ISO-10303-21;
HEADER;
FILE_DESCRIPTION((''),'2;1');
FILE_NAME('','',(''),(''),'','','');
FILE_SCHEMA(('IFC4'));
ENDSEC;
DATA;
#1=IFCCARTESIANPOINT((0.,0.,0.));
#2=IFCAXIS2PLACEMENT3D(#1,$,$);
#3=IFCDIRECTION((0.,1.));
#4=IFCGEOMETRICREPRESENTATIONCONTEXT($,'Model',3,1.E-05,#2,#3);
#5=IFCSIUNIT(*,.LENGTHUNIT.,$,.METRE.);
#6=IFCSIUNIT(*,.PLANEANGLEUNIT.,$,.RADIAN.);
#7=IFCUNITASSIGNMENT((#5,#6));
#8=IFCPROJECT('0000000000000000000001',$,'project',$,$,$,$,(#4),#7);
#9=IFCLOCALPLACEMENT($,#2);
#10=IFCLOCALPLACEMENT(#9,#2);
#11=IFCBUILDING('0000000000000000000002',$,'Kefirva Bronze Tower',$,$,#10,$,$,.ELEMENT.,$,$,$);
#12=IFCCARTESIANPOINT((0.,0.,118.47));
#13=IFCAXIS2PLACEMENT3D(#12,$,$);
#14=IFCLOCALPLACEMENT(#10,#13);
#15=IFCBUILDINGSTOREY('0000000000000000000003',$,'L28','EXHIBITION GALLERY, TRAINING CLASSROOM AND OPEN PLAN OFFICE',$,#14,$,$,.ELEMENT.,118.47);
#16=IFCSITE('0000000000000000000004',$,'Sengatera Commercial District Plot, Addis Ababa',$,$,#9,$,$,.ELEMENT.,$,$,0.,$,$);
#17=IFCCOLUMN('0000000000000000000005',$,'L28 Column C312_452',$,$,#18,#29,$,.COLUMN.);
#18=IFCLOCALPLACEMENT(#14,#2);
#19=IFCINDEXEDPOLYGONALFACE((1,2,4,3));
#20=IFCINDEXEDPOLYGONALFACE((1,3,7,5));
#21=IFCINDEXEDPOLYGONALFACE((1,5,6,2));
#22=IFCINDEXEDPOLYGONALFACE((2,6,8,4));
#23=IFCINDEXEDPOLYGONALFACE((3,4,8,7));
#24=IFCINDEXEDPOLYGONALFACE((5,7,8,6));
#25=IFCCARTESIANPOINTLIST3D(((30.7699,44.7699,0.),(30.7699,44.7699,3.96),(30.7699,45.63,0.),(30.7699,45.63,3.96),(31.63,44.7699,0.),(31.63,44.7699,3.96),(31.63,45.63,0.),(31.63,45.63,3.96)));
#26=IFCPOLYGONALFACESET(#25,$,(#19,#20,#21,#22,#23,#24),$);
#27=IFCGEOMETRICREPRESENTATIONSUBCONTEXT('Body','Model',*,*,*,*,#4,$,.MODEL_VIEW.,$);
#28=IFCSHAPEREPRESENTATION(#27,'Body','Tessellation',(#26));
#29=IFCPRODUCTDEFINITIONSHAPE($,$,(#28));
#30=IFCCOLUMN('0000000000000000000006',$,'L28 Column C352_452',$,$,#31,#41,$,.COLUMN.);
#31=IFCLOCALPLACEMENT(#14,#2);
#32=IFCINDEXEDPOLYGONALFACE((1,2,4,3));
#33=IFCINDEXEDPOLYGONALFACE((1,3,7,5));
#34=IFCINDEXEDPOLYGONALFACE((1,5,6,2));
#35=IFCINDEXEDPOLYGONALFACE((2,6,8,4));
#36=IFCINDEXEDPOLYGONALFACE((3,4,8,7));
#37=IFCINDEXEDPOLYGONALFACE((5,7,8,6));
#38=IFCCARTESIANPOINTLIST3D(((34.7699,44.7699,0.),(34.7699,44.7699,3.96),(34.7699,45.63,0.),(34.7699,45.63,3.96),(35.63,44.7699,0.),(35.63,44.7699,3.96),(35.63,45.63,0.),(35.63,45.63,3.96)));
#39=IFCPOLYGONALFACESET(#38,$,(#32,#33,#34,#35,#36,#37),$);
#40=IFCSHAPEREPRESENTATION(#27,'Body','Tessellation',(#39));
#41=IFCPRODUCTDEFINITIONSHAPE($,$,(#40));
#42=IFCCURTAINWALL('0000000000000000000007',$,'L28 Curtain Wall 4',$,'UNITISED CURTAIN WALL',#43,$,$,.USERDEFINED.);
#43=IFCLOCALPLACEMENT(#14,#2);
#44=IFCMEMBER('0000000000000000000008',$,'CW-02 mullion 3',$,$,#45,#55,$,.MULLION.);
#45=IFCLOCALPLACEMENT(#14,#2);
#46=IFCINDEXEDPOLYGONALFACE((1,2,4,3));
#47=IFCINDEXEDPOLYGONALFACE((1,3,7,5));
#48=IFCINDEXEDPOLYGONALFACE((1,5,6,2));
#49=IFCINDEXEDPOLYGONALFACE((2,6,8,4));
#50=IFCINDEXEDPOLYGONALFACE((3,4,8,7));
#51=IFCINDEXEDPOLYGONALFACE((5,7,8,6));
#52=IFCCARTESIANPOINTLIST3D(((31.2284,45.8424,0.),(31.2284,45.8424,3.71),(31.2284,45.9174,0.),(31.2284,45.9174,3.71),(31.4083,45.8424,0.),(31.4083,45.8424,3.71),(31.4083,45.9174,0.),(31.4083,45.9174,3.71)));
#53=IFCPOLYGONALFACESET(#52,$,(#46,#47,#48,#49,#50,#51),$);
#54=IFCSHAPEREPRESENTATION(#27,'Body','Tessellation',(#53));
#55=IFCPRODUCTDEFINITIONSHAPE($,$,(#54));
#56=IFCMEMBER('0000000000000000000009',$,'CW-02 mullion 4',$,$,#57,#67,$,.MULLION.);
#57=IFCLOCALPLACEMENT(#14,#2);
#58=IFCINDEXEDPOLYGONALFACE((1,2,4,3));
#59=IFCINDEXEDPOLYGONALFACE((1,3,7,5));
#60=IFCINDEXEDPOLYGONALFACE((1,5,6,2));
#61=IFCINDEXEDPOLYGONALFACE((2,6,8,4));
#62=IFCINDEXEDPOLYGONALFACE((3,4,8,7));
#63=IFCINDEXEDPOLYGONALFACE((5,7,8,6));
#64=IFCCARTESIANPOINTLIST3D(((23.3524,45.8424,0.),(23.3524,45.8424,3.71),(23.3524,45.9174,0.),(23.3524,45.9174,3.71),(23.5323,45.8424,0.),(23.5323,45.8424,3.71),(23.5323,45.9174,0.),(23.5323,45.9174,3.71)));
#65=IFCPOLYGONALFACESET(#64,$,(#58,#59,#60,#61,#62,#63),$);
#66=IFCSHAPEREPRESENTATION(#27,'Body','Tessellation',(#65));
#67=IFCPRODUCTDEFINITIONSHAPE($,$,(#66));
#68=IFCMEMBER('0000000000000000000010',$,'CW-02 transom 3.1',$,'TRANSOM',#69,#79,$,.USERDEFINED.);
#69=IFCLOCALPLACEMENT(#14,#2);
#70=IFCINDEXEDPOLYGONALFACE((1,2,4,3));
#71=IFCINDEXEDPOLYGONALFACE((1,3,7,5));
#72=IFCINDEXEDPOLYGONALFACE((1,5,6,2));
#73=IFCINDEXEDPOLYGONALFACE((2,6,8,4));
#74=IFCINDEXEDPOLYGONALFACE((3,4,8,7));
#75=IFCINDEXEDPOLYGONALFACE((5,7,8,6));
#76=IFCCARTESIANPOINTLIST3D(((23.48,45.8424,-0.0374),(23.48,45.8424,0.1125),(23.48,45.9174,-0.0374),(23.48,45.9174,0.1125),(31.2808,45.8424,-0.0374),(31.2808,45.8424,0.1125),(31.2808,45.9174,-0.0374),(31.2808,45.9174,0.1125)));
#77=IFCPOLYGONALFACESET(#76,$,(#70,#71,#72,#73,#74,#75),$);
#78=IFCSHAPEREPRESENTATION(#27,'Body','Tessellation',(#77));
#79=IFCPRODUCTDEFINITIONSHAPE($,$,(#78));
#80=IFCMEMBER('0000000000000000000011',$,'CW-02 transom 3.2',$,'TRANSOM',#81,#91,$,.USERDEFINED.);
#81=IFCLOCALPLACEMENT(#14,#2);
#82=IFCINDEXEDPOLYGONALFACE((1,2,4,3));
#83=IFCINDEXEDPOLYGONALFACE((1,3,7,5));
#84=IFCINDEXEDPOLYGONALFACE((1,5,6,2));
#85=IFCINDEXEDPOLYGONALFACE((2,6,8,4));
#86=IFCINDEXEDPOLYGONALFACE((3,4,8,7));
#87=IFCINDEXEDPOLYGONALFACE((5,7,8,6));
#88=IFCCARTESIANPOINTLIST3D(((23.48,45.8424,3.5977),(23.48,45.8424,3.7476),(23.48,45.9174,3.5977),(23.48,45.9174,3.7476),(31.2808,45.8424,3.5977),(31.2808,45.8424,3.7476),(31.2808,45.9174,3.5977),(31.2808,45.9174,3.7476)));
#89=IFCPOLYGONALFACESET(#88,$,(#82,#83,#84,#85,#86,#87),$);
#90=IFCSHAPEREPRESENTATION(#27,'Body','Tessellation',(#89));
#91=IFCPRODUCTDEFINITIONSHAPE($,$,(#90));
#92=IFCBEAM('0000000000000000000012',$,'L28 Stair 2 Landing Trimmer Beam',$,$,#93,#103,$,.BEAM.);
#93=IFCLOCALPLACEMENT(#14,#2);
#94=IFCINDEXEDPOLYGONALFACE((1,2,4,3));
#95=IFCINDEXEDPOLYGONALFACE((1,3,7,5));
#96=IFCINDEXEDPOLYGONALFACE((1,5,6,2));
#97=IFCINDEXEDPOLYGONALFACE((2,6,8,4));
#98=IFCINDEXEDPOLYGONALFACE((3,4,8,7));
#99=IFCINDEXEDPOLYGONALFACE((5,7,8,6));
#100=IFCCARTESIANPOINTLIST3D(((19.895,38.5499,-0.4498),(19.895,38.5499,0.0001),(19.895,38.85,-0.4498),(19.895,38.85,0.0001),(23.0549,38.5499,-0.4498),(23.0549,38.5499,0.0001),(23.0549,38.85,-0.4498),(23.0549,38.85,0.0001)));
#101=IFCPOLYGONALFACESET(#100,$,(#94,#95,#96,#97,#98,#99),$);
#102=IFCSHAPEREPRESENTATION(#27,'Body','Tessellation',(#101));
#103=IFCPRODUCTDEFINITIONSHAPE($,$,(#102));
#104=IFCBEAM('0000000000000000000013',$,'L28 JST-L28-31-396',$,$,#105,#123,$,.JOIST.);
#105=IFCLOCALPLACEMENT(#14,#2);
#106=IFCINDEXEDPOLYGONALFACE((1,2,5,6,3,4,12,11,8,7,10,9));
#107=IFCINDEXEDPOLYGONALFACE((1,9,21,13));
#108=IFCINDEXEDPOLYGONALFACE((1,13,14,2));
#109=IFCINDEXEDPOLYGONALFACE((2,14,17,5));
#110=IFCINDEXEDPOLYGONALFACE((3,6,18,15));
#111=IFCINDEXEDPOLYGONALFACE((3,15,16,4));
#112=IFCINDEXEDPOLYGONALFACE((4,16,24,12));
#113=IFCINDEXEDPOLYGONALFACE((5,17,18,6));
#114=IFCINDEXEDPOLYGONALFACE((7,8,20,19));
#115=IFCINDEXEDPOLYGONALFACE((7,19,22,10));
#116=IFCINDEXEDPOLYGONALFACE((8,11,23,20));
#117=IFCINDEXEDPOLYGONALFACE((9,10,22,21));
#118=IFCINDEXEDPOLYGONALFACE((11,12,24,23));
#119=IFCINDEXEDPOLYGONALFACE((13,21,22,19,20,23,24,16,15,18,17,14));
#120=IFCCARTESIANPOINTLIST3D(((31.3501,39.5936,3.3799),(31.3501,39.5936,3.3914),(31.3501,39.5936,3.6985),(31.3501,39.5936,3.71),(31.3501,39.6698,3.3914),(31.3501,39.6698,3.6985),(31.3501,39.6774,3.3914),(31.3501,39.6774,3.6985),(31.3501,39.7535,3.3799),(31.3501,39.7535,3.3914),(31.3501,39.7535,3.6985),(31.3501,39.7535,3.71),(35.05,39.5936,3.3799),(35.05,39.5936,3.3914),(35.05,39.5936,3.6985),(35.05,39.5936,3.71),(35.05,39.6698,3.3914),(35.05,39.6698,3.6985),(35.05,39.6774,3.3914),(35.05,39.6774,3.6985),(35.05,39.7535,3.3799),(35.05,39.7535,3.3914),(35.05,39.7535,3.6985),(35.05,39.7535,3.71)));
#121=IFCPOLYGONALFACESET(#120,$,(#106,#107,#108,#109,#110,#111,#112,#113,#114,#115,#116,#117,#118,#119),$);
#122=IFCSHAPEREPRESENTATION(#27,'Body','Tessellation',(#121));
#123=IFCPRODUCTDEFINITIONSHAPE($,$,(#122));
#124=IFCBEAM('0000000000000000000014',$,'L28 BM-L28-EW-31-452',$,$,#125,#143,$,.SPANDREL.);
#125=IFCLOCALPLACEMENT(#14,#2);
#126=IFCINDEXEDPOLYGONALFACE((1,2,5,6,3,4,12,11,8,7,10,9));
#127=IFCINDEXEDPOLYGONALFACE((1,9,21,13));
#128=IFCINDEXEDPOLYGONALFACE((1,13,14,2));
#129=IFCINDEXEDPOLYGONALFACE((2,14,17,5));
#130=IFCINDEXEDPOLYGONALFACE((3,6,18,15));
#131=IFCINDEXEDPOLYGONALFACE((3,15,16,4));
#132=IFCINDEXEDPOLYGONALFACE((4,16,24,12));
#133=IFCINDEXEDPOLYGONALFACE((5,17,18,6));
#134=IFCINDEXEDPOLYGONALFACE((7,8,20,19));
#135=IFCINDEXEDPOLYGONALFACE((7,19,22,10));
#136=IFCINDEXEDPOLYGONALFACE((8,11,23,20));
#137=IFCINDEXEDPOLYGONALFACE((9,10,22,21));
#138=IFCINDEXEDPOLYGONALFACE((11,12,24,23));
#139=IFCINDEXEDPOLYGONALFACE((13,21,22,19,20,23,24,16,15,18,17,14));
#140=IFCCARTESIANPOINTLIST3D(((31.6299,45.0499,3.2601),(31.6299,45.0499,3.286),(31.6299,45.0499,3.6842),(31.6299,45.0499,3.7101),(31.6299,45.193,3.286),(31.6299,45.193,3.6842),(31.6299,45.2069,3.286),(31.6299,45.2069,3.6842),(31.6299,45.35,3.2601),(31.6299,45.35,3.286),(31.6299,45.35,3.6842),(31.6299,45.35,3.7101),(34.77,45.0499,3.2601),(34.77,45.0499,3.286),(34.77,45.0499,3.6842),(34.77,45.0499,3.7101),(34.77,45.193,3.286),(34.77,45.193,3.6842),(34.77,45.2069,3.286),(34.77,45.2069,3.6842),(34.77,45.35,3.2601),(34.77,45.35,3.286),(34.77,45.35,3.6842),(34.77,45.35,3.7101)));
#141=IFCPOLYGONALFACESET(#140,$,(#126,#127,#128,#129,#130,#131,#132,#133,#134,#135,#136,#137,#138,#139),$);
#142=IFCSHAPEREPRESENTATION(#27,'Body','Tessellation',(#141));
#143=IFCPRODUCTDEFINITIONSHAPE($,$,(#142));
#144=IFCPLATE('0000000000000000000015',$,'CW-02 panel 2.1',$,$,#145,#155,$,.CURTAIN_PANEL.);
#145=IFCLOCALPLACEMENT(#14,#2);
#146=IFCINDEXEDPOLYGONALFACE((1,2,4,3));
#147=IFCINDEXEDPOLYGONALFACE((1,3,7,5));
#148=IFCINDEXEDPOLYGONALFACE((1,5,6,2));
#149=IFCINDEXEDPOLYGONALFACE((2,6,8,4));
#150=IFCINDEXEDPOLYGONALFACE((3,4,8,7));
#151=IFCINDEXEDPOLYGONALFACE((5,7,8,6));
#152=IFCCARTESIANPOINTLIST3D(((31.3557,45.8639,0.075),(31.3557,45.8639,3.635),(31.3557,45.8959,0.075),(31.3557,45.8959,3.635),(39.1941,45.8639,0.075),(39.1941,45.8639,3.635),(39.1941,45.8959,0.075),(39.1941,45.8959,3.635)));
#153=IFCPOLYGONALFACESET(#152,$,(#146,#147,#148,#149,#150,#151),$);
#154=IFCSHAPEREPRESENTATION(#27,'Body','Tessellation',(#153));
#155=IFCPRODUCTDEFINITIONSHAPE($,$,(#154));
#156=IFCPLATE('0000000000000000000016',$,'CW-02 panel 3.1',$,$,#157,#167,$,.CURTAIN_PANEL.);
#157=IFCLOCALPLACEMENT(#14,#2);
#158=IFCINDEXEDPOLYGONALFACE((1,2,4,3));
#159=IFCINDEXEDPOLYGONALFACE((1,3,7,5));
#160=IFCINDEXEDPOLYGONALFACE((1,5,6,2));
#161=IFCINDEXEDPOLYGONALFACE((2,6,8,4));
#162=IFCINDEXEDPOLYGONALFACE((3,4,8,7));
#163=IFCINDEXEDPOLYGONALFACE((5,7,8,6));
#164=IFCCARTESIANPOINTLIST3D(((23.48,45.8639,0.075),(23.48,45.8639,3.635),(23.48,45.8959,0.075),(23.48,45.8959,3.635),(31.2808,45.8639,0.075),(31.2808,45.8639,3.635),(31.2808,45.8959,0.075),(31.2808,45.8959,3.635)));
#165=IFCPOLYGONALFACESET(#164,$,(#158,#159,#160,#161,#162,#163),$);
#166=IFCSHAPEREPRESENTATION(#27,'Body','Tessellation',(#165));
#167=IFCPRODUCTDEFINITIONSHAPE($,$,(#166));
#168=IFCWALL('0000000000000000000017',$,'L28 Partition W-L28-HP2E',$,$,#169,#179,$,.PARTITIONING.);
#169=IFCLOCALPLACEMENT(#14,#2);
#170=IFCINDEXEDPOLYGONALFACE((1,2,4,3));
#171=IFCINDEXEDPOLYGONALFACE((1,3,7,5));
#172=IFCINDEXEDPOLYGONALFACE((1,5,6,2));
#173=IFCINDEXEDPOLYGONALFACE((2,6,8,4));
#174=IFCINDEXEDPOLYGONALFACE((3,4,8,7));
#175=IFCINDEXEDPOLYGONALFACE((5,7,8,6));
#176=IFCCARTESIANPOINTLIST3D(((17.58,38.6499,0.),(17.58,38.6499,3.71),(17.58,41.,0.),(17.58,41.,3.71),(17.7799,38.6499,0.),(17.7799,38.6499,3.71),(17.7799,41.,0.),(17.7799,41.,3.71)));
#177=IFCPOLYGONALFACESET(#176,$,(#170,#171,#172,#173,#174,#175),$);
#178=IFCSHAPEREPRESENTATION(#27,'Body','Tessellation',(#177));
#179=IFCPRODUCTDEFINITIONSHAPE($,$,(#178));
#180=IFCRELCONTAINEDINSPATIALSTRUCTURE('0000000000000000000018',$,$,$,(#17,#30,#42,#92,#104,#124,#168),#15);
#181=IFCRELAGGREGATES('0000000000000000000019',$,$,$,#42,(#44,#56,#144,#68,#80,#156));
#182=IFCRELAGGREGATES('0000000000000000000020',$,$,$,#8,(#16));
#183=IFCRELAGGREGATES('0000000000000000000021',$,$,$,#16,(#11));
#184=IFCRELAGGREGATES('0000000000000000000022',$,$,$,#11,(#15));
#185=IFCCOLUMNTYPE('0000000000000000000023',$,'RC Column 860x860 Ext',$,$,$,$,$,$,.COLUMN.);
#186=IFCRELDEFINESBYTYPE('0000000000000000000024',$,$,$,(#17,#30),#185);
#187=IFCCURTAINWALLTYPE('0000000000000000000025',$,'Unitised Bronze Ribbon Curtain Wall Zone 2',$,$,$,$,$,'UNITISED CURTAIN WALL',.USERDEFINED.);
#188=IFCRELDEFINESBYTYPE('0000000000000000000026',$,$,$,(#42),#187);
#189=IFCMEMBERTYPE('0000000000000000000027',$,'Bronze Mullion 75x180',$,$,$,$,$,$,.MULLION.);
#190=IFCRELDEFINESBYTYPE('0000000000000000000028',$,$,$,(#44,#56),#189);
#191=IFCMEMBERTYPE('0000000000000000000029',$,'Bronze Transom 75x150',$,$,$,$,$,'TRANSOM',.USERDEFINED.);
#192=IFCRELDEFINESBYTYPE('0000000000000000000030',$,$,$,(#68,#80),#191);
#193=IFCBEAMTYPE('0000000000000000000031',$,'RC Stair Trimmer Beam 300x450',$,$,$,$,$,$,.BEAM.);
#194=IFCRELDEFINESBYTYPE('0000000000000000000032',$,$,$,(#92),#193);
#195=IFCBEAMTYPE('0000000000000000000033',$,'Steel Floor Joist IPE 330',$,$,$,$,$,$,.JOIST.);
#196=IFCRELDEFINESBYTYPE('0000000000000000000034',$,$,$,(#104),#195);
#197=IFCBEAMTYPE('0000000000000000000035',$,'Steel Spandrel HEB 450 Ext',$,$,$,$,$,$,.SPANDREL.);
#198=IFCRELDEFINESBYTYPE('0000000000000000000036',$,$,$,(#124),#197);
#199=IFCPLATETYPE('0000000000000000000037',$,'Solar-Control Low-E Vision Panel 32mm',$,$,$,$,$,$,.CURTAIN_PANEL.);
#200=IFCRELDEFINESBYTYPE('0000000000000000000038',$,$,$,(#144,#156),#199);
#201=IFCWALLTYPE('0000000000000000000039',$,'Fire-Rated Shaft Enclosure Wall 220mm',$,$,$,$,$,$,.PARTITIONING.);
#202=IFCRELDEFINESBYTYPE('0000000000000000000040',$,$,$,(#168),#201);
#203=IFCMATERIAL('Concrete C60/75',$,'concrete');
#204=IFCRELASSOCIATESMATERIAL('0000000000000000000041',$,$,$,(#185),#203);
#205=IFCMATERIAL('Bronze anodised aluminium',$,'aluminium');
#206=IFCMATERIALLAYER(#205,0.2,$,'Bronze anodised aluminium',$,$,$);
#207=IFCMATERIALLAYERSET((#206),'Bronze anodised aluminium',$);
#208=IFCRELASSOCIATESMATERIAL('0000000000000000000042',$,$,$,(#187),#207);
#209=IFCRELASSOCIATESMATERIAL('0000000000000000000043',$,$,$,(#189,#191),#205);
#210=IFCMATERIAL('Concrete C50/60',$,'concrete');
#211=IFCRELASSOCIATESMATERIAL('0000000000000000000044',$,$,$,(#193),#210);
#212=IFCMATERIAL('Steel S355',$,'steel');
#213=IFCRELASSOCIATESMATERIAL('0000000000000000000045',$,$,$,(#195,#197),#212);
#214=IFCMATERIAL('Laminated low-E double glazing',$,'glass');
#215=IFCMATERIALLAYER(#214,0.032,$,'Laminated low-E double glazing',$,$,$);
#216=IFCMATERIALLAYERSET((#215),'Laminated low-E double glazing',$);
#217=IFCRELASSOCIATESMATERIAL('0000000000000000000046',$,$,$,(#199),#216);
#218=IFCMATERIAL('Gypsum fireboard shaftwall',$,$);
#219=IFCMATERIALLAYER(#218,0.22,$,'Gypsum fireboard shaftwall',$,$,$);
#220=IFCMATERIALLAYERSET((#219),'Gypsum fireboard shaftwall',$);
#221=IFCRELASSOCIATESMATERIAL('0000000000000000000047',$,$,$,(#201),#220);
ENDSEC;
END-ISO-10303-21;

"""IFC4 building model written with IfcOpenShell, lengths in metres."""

from ifc_helpers import new_model, si_unit, direction, frame, frame_2d, origin, origin_2d, place, context, subcontext, project, spatial, rectangle, i_section, extrude, material, layer, layer_set, material_profile, profile_set, type_object, element, aggregate, save


model = new_model("IFC4")

# Units and contexts
model_context = context("Model", 3, precision=1e-05, world=origin(), true_north=direction((0.0, 1.0)))
body_context = subcontext(model_context, "Body", "Model", "MODEL_VIEW")
ifc_project = project(units=[si_unit("LENGTHUNIT", "METRE"), si_unit("PLANEANGLEUNIT", "RADIAN")], contexts=[model_context])

# Site, building, storey
site_placement = place(None, origin())
site = spatial("IfcSite", under=ifc_project, at=site_placement, Name="Sengatera Commercial District Plot, Addis Ababa", CompositionType="ELEMENT", RefElevation=0.0)
building_placement = place(site_placement, origin())
building = spatial("IfcBuilding", under=site, at=building_placement, Name="Kefirva Bronze Tower", CompositionType="ELEMENT")
storey_placement = place(building_placement, frame((0.0, 0.0, 118.47)))
storey = spatial("IfcBuildingStorey", under=building, at=storey_placement, Name="L28", Description="EXHIBITION GALLERY, TRAINING CLASSROOM AND OPEN PLAN OFFICE", CompositionType="ELEMENT", Elevation=118.47)

# Columns
ifc_material_1 = material(Name="Concrete C60/75", Category="concrete")
ifc_material_profile_1 = material_profile(ifc_material_1, rectangle(XDim=0.8601, YDim=0.8601, at=origin_2d()), Name="RC 860x860")
ifc_profile_set_1 = profile_set([ifc_material_profile_1], Name="Concrete C60/75")
column_type = type_object("IfcColumnType", Name="RC Column 860x860 Ext", PredefinedType="COLUMN", material=ifc_profile_set_1)
for number, where, z_axis, x_axis, name in (
    (1, (31.2, 45.2, 0.0), (0.0, 0.0, 1.0), (1.0, 0.0, 0.0), "L28 Column C312_452"),
    (2, (35.2, 45.2, 0.0), (0.0, 0.0, 1.0), (1.0, 0.0, 0.0), "L28 Column C352_452"),
):
    element("IfcColumn", number, at=place(storey_placement, frame(where, z_axis=z_axis, x_axis=x_axis)), inside=storey, type_object=column_type, Name=name, PredefinedType="COLUMN", context=body_context, shape_type="SweptSolid", body=[
        extrude(rectangle(XDim=0.8601, YDim=0.8601, at=origin_2d()), origin(), (0.0, 0.0, 1.0), 3.96),
    ])

# Curtain wall, members
ifc_material_2 = material(Name="Bronze anodised aluminium", Category="aluminium")
ifc_layer_1 = layer(ifc_material_2, 0.2, Name="Bronze anodised aluminium")
ifc_layer_set_1 = layer_set([ifc_layer_1], Name="Bronze anodised aluminium")
curtain_wall_type = type_object("IfcCurtainWallType", Name="Unitised Bronze Ribbon Curtain Wall Zone 2", ElementType="UNITISED CURTAIN WALL", PredefinedType="USERDEFINED", material=ifc_layer_set_1)
curtain_wall_placement = place(storey_placement, origin())
curtain_wall = element("IfcCurtainWall", 3, at=curtain_wall_placement, inside=storey, type_object=curtain_wall_type, Name="L28 Curtain Wall 4", ObjectType="UNITISED CURTAIN WALL", PredefinedType="USERDEFINED")
ifc_material_profile_2 = material_profile(ifc_material_2, rectangle(XDim=0.075, YDim=0.1799, at=origin_2d()), Name="ALU 75x180")
ifc_profile_set_2 = profile_set([ifc_material_profile_2], Name="Bronze anodised aluminium")
member_type_1 = type_object("IfcMemberType", Name="Bronze Mullion 75x180", PredefinedType="MULLION", material=ifc_profile_set_2)
member_1_placement = place(storey_placement, frame((31.3184, 45.8799, 0.0), z_axis=(0.0, 0.0, 1.0), x_axis=(0.0, -1.0, 0.0)))
member_1 = element("IfcMember", 4, at=member_1_placement, type_object=member_type_1, Name="CW-02 mullion 3", PredefinedType="MULLION", context=body_context, shape_type="SweptSolid", body=[
    extrude(rectangle(XDim=0.075, YDim=0.1799, at=origin_2d()), origin(), (0.0, 0.0, 1.0), 3.71),
])
member_2_placement = place(storey_placement, frame((23.4424, 45.8799, 0.0), z_axis=(0.0, 0.0, 1.0), x_axis=(0.0, -1.0, 0.0)))
member_2 = element("IfcMember", 5, at=member_2_placement, type_object=member_type_1, Name="CW-02 mullion 4", PredefinedType="MULLION", context=body_context, shape_type="SweptSolid", body=[
    extrude(rectangle(XDim=0.075, YDim=0.1799, at=origin_2d()), origin(), (0.0, 0.0, 1.0), 3.71),
])
ifc_material_profile_3 = material_profile(ifc_material_2, rectangle(XDim=0.075, YDim=0.1499, at=origin_2d()), Name="ALU 75x150")
ifc_profile_set_3 = profile_set([ifc_material_profile_3], Name="Bronze anodised aluminium")
member_type_2 = type_object("IfcMemberType", Name="Bronze Transom 75x150", ElementType="TRANSOM", PredefinedType="USERDEFINED", material=ifc_profile_set_3)
member_3_placement = place(storey_placement, frame((31.2808, 45.8799, 0.0376), z_axis=(-1.0, 0.0, 0.0), x_axis=(0.0, -1.0, 0.0)))
member_3 = element("IfcMember", 6, at=member_3_placement, type_object=member_type_2, Name="CW-02 transom 3.1", ObjectType="TRANSOM", PredefinedType="USERDEFINED", context=body_context, shape_type="SweptSolid", body=[
    extrude(rectangle(XDim=0.075, YDim=0.1499, at=origin_2d()), origin(), (0.0, 0.0, 1.0), 7.8008),
])
member_4_placement = place(storey_placement, frame((31.2808, 45.8799, 3.6726), z_axis=(-1.0, 0.0, 0.0), x_axis=(0.0, -1.0, 0.0)))
member_4 = element("IfcMember", 7, at=member_4_placement, type_object=member_type_2, Name="CW-02 transom 3.2", ObjectType="TRANSOM", PredefinedType="USERDEFINED", context=body_context, shape_type="SweptSolid", body=[
    extrude(rectangle(XDim=0.075, YDim=0.1499, at=origin_2d()), origin(), (0.0, 0.0, 1.0), 7.8008),
])

# Beams
ifc_material_3 = material(Name="Concrete C50/60", Category="concrete")
ifc_material_profile_4 = material_profile(ifc_material_3, rectangle(XDim=0.3, YDim=0.45, at=origin_2d()), Name="RC 300x450")
ifc_profile_set_4 = profile_set([ifc_material_profile_4], Name="Concrete C50/60")
beam_type_1 = type_object("IfcBeamType", Name="RC Stair Trimmer Beam 300x450", PredefinedType="BEAM", material=ifc_profile_set_4)
beam_1_placement = place(storey_placement, frame((19.895, 38.7, -0.2249), z_axis=(1.0, 0.0, 0.0), x_axis=(0.0, 1.0, 0.0)))
element("IfcBeam", 8, at=beam_1_placement, inside=storey, type_object=beam_type_1, Name="L28 Stair 2 Landing Trimmer Beam", PredefinedType="BEAM", context=body_context, shape_type="SweptSolid", body=[
    extrude(rectangle(XDim=0.3, YDim=0.45, at=origin_2d()), origin(), (0.0, 0.0, 1.0), 3.1599),
])
ifc_material_4 = material(Name="Steel S355", Category="steel")
ifc_material_profile_5 = material_profile(ifc_material_4, i_section(OverallWidth=0.1599, OverallDepth=0.3301, WebThickness=0.0076, FlangeThickness=0.0115, at=origin_2d()), Name="IPE 330")
ifc_profile_set_5 = profile_set([ifc_material_profile_5], Name="Steel S355")
beam_type_2 = type_object("IfcBeamType", Name="Steel Floor Joist IPE 330", PredefinedType="JOIST", material=ifc_profile_set_5)
beam_2_placement = place(storey_placement, frame((31.3501, 39.6736, 3.5449), z_axis=(1.0, 0.0, 0.0), x_axis=(0.0, 1.0, 0.0)))
element("IfcBeam", 9, at=beam_2_placement, inside=storey, type_object=beam_type_2, Name="L28 JST-L28-31-396", PredefinedType="JOIST", context=body_context, shape_type="SweptSolid", body=[
    extrude(i_section(OverallWidth=0.1599, OverallDepth=0.3301, WebThickness=0.0076, FlangeThickness=0.0115, at=origin_2d()), origin(), (0.0, 0.0, 1.0), 3.7),
])
ifc_material_profile_6 = material_profile(ifc_material_4, i_section(OverallWidth=0.3, OverallDepth=0.45, WebThickness=0.0139, FlangeThickness=0.0259, at=origin_2d()), Name="HEB 450")
ifc_profile_set_6 = profile_set([ifc_material_profile_6], Name="Steel S355")
beam_type_3 = type_object("IfcBeamType", Name="Steel Spandrel HEB 450 Ext", PredefinedType="SPANDREL", material=ifc_profile_set_6)
beam_3_placement = place(storey_placement, frame((31.6299, 45.2, 3.4851), z_axis=(1.0, 0.0, 0.0), x_axis=(0.0, 1.0, 0.0)))
element("IfcBeam", 10, at=beam_3_placement, inside=storey, type_object=beam_type_3, Name="L28 BM-L28-EW-31-452", PredefinedType="SPANDREL", context=body_context, shape_type="SweptSolid", body=[
    extrude(i_section(OverallWidth=0.3, OverallDepth=0.45, WebThickness=0.0139, FlangeThickness=0.0259, at=origin_2d()), origin(), (0.0, 0.0, 1.0), 3.1401),
])

# Plates
ifc_material_5 = material(Name="Laminated low-E double glazing", Category="glass")
ifc_layer_2 = layer(ifc_material_5, 0.032, Name="Laminated low-E double glazing")
ifc_layer_set_2 = layer_set([ifc_layer_2], Name="Laminated low-E double glazing")
plate_type = type_object("IfcPlateType", Name="Solar-Control Low-E Vision Panel 32mm", PredefinedType="CURTAIN_PANEL", material=ifc_layer_set_2)
plate_1_placement = place(storey_placement, frame((35.2749, 45.8799, 0.075), z_axis=(0.0, 0.0, 1.0), x_axis=(-1.0, 0.0, 0.0)))
plate_1 = element("IfcPlate", 11, at=plate_1_placement, type_object=plate_type, Name="CW-02 panel 2.1", PredefinedType="CURTAIN_PANEL", context=body_context, shape_type="SweptSolid", body=[
    extrude(rectangle(XDim=7.8384, YDim=0.032, at=origin_2d()), origin(), (0.0, 0.0, 1.0), 3.5601),
])
plate_2_placement = place(storey_placement, frame((27.3804, 45.8799, 0.075), z_axis=(0.0, 0.0, 1.0), x_axis=(-1.0, 0.0, 0.0)))
plate_2 = element("IfcPlate", 12, at=plate_2_placement, type_object=plate_type, Name="CW-02 panel 3.1", PredefinedType="CURTAIN_PANEL", context=body_context, shape_type="SweptSolid", body=[
    extrude(rectangle(XDim=7.8008, YDim=0.032, at=origin_2d()), origin(), (0.0, 0.0, 1.0), 3.5601),
])
aggregate(curtain_wall, [member_1, member_2, plate_1, member_3, member_4, plate_2])

# Wall
ifc_material_6 = material(Name="Gypsum fireboard shaftwall")
ifc_layer_3 = layer(ifc_material_6, 0.22, Name="Gypsum fireboard shaftwall")
ifc_layer_set_3 = layer_set([ifc_layer_3], Name="Gypsum fireboard shaftwall")
wall_type_1 = type_object("IfcWallType", Name="Fire-Rated Shaft Enclosure Wall 220mm", PredefinedType="PARTITIONING", material=ifc_layer_set_3)
wall_1_placement = place(storey_placement, frame((17.6799, 38.6499, 0.0), z_axis=(0.0, 0.0, 1.0), x_axis=(0.0, 1.0, 0.0)))
element("IfcWall", 13, at=wall_1_placement, inside=storey, type_object=wall_type_1, Name="L28 Partition W-L28-HP2E", PredefinedType="PARTITIONING", context=body_context, shape_type="SweptSolid", body=[
    extrude(rectangle(XDim=2.3501, YDim=0.2, at=frame_2d((1.175, 0.0))), origin(), (0.0, 0.0, 1.0), 3.71),
])

save(model, "model.ifc")
